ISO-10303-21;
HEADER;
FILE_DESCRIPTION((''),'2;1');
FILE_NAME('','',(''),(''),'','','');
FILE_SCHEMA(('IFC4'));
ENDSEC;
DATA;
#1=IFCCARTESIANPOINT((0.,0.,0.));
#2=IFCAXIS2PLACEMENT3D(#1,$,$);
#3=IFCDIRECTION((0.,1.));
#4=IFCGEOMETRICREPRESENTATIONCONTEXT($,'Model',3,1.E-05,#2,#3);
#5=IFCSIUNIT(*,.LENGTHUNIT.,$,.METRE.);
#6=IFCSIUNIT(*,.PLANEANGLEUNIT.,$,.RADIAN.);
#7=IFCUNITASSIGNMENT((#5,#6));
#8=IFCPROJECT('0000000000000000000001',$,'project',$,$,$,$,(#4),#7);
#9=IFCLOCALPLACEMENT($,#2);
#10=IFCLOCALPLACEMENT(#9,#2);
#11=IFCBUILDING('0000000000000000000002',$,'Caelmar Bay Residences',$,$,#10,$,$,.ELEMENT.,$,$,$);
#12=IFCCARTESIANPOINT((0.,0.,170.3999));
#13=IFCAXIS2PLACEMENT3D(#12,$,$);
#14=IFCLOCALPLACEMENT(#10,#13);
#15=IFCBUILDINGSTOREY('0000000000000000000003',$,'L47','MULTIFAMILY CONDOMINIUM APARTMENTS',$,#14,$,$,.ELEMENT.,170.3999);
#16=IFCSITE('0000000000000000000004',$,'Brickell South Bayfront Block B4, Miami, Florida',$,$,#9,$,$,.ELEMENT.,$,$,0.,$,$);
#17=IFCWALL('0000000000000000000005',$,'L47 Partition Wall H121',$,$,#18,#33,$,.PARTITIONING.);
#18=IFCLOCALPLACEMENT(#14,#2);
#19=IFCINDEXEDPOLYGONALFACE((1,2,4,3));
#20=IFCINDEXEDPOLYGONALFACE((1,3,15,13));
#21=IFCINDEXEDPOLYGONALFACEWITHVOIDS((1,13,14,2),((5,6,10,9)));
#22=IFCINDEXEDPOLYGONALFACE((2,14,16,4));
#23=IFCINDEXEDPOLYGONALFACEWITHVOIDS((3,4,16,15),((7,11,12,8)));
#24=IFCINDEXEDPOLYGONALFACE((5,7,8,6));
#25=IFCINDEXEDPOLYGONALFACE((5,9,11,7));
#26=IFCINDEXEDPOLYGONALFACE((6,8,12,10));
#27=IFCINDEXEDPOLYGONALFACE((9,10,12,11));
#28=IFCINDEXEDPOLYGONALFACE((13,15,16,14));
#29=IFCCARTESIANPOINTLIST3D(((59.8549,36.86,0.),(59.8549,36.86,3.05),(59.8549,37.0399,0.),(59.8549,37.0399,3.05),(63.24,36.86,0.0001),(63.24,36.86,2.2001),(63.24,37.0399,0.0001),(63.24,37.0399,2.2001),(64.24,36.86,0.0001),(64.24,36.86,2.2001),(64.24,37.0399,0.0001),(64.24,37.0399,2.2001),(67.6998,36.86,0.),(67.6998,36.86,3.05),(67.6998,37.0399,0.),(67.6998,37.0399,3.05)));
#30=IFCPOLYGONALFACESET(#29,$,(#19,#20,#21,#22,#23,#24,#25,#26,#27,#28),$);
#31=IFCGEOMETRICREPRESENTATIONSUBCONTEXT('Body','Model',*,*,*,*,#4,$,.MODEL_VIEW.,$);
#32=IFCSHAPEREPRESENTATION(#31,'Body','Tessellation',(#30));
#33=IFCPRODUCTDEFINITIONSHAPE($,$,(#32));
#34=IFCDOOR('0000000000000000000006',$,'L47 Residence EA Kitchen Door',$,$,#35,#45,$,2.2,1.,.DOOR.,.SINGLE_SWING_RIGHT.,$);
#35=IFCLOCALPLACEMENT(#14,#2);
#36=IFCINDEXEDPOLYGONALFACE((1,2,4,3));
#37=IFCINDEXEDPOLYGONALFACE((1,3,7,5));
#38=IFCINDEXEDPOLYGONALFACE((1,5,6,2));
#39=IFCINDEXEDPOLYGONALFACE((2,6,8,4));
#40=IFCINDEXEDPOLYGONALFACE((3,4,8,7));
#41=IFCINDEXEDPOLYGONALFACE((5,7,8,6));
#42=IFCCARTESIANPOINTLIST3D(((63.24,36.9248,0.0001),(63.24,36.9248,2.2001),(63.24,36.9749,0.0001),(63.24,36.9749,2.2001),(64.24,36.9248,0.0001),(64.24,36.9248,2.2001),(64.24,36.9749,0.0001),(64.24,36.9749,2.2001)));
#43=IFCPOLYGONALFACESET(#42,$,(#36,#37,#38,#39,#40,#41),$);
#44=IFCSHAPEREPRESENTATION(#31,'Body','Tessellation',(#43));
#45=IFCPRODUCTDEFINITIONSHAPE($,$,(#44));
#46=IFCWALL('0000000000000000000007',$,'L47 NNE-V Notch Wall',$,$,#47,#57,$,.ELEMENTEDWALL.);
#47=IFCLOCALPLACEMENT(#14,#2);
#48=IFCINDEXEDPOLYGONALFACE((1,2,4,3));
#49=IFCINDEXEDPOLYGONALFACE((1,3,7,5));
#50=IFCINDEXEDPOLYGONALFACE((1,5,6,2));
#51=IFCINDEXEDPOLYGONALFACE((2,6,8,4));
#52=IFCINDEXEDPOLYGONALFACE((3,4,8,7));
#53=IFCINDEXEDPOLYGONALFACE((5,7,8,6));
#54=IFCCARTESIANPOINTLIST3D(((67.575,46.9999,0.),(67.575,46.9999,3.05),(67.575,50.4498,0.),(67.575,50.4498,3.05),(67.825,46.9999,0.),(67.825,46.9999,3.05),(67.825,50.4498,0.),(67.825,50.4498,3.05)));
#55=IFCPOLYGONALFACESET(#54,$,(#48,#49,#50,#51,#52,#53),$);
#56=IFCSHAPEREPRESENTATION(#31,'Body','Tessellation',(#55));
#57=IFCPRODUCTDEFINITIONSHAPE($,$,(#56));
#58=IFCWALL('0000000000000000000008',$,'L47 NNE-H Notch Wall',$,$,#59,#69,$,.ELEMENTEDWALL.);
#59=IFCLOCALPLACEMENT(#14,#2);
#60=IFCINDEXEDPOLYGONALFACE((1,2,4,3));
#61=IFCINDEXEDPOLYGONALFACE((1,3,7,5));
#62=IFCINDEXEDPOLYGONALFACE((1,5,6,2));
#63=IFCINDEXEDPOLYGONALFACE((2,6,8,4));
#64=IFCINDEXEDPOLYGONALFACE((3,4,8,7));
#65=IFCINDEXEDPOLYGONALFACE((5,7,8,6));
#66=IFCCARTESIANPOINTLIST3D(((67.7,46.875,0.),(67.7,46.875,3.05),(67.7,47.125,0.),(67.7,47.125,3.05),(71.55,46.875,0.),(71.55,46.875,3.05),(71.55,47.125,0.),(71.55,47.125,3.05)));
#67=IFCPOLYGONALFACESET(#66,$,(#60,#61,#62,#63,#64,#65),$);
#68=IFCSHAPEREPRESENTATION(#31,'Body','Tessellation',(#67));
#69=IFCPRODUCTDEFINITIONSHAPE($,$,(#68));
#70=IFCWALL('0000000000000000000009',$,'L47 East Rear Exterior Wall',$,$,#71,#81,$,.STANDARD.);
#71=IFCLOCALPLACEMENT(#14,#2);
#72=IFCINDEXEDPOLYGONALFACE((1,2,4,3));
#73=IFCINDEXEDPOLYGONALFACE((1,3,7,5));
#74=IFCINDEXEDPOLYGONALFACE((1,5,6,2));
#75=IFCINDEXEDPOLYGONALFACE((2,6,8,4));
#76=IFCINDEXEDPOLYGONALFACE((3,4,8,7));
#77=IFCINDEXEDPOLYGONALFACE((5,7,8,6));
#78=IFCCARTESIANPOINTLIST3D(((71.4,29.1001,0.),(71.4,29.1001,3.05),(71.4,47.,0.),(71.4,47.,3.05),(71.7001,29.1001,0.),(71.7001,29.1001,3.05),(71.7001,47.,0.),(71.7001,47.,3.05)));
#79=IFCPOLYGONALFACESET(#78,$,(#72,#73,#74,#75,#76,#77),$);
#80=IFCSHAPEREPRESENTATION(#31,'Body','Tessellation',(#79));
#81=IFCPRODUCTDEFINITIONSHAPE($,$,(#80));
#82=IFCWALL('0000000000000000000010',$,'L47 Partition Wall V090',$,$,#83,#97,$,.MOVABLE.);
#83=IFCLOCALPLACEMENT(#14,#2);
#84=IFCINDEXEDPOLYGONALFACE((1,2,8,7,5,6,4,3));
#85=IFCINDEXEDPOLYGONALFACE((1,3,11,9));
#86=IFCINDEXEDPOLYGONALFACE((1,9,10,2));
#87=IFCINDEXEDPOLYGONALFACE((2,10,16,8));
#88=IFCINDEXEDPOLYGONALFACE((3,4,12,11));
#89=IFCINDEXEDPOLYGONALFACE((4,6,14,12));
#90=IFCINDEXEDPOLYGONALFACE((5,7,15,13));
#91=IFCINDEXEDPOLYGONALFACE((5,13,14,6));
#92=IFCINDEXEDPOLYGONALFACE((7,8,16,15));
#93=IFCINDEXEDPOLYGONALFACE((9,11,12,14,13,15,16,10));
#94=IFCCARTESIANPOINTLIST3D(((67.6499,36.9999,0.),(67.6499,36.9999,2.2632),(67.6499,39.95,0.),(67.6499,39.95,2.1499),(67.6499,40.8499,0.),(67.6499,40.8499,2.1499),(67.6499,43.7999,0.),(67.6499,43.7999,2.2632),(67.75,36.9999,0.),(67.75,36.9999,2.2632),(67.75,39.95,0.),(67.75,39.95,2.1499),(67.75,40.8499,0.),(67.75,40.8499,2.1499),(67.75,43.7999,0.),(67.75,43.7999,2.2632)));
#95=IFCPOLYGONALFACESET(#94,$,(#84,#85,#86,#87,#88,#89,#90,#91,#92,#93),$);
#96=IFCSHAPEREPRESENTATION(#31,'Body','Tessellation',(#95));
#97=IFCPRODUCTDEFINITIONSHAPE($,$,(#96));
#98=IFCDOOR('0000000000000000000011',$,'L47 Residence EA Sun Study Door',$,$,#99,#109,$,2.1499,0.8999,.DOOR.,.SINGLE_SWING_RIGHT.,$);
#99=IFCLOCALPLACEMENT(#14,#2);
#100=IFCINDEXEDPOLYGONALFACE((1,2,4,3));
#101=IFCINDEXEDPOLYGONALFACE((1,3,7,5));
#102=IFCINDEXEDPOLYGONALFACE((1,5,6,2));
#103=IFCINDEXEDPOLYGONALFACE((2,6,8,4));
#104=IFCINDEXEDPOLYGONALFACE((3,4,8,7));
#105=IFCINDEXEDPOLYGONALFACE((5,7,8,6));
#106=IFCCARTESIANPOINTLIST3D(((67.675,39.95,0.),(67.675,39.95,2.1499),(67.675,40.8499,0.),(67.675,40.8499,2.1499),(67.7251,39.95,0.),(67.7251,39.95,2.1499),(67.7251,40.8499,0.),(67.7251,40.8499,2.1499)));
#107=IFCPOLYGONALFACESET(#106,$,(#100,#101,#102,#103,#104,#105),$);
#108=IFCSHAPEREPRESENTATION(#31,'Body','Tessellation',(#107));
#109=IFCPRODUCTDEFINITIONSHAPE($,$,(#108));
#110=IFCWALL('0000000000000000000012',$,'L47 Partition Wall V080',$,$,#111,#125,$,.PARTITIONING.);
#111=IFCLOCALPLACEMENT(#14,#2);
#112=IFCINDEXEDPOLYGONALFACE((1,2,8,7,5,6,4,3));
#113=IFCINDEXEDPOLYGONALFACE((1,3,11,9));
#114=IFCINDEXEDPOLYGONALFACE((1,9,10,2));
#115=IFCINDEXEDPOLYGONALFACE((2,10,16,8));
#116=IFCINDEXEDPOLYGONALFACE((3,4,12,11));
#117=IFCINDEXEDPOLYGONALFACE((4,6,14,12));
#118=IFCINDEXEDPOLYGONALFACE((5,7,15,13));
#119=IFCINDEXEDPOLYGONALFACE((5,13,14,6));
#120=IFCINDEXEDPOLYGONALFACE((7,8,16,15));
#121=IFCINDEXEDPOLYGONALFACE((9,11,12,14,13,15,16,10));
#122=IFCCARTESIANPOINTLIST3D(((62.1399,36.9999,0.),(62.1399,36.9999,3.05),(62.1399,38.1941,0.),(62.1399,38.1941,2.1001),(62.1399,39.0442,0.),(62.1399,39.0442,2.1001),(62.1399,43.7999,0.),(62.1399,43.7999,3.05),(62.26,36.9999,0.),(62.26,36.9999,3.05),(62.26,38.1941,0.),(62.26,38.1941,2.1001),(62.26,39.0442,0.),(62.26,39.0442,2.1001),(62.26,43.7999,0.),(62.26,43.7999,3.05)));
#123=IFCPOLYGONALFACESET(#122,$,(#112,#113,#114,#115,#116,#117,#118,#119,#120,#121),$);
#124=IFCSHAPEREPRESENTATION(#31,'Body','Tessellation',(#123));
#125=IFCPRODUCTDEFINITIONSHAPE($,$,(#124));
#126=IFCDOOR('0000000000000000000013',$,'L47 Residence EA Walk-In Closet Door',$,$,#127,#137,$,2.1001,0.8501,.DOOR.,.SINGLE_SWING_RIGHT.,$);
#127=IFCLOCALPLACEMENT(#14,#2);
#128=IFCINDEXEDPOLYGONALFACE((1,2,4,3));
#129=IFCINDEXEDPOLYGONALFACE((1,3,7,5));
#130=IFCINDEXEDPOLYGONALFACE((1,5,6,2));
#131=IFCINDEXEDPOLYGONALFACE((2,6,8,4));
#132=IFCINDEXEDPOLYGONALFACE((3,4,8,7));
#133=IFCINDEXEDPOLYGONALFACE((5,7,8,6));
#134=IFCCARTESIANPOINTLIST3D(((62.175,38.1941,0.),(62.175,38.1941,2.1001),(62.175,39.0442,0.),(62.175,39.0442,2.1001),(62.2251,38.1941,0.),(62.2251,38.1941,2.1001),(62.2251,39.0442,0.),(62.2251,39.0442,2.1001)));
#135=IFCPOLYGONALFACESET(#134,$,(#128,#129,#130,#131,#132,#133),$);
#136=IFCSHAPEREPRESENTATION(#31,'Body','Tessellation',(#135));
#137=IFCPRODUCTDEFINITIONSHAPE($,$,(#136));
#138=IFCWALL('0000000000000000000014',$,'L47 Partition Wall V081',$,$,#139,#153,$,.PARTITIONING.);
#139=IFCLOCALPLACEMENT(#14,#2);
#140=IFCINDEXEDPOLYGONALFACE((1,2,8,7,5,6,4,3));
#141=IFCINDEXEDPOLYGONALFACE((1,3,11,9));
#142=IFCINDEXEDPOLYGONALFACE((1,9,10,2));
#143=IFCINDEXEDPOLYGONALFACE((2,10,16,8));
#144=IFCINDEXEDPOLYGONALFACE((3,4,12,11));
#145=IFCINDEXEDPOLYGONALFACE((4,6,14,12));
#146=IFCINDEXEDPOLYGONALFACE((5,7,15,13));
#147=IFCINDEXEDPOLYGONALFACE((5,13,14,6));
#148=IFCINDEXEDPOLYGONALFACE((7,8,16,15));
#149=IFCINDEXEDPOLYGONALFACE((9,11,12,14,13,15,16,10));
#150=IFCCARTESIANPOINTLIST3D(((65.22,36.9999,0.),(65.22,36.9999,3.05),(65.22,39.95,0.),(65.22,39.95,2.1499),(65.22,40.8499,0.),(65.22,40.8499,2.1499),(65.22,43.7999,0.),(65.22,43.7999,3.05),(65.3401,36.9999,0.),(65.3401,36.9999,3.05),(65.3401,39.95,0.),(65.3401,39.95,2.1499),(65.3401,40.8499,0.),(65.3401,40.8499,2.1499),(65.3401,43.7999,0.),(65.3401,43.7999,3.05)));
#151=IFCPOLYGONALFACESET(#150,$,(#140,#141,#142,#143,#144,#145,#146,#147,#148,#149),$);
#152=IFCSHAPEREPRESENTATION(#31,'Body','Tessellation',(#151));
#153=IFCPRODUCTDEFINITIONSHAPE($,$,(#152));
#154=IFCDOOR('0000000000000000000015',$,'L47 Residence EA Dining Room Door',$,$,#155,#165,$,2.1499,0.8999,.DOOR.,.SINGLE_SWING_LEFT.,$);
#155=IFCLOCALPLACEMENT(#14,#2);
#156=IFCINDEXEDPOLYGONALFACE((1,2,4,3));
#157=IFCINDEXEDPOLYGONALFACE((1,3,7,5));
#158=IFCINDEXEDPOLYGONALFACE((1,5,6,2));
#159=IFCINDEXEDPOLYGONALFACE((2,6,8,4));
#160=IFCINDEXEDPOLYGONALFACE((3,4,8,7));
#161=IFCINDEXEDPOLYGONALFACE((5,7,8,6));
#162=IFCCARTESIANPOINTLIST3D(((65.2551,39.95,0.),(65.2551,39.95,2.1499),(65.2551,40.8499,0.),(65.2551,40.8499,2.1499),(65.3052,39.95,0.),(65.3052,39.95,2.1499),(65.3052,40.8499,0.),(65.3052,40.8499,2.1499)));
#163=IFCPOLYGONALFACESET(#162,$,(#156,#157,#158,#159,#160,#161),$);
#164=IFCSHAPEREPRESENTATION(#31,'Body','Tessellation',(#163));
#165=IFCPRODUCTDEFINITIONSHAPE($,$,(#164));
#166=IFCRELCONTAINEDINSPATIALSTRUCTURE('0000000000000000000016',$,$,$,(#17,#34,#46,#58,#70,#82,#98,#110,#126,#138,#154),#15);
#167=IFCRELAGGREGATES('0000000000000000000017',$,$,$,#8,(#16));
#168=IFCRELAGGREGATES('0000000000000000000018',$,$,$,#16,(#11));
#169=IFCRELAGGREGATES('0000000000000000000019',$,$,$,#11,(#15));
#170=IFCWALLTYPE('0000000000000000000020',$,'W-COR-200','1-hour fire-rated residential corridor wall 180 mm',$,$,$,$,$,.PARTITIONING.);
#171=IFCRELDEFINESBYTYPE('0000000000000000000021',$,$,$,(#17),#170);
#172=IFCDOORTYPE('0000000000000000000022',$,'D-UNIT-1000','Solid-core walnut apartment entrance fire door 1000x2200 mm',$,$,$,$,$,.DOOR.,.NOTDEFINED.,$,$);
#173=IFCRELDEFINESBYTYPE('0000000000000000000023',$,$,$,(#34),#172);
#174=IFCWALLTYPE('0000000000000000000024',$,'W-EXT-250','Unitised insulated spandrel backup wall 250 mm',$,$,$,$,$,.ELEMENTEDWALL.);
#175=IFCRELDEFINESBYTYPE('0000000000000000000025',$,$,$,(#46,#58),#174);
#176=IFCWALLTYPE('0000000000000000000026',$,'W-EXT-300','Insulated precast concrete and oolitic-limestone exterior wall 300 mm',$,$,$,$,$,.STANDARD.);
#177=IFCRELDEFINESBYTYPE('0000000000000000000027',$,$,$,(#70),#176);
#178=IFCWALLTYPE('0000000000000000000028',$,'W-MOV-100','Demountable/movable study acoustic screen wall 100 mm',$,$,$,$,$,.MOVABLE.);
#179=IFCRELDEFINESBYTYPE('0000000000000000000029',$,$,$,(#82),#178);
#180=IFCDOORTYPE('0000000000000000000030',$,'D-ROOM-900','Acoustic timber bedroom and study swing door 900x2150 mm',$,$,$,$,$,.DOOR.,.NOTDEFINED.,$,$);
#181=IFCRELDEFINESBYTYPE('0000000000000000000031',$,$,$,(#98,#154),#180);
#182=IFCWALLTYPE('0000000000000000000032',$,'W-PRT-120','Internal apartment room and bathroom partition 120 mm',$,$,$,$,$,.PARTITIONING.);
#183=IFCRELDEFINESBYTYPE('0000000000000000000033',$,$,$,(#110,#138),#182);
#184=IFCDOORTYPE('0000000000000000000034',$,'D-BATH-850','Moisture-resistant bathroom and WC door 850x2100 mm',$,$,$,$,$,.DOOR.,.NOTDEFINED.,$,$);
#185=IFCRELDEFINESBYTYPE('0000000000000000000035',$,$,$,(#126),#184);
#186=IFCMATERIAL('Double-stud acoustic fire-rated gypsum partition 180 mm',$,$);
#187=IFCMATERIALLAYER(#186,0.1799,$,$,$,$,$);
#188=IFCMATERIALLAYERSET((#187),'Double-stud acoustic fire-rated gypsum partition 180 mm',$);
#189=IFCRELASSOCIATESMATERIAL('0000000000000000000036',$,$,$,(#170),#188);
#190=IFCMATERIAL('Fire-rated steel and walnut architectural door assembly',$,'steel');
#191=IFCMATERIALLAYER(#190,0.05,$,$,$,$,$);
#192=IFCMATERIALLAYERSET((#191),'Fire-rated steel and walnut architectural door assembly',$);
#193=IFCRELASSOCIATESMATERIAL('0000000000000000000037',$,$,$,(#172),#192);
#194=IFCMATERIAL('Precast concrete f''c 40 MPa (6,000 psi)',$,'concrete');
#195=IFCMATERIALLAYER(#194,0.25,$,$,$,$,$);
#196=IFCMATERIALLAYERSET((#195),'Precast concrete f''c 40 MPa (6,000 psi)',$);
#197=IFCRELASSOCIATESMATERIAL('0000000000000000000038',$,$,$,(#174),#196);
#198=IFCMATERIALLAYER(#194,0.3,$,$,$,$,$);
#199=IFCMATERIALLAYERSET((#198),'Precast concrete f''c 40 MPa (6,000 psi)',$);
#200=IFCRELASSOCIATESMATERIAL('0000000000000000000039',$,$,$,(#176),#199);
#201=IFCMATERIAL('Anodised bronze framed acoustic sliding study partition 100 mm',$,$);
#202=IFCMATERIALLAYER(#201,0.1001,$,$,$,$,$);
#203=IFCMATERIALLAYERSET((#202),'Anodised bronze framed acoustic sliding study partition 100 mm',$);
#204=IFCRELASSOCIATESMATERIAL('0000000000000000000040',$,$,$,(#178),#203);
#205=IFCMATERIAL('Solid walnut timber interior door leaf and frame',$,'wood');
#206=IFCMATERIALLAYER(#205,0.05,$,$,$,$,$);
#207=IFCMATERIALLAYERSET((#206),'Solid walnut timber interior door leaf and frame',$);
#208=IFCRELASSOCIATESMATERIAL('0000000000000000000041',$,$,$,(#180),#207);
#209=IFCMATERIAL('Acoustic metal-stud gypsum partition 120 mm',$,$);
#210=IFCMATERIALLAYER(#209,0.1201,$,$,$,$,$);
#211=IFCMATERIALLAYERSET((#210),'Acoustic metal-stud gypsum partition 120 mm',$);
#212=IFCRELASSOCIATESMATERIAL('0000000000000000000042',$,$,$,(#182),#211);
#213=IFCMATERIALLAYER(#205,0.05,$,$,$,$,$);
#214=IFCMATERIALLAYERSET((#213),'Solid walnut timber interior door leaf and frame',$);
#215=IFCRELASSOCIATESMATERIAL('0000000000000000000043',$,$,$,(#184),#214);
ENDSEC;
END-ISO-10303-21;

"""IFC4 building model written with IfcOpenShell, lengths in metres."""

from ifc_helpers import new_model, si_unit, direction, frame, frame_2d, origin, place, context, subcontext, project, spatial, rectangle, extrude, material, layer, layer_set, type_object, element, fill, save


model = new_model("IFC4")

# Units and contexts
model_context = context("Model", 3, precision=1e-05, world=origin(), true_north=direction((0.0, 1.0)))
body_context = subcontext(model_context, "Body", "Model", "MODEL_VIEW")
ifc_project = project(units=[si_unit("LENGTHUNIT", "METRE"), si_unit("PLANEANGLEUNIT", "RADIAN")], contexts=[model_context])

# Site, building, storey
site_placement = place(None, origin())
site = spatial("IfcSite", under=ifc_project, at=site_placement, Name="Brickell South Bayfront Block B4, Miami, Florida", CompositionType="ELEMENT", RefElevation=0.0)
building_placement = place(site_placement, origin())
building = spatial("IfcBuilding", under=site, at=building_placement, Name="Caelmar Bay Residences", CompositionType="ELEMENT")
storey_placement = place(building_placement, frame((0.0, 0.0, 170.3999)))
storey = spatial("IfcBuildingStorey", under=building, at=storey_placement, Name="L47", Description="MULTIFAMILY CONDOMINIUM APARTMENTS", CompositionType="ELEMENT", Elevation=170.3999)

# Shared definitions
ifc_material_1 = material(Name="Double-stud acoustic fire-rated gypsum partition 180 mm")
ifc_layer_1 = layer(ifc_material_1, 0.1799)
ifc_layer_set_1 = layer_set([ifc_layer_1], Name="Double-stud acoustic fire-rated gypsum partition 180 mm")
wall_type_1 = type_object("IfcWallType", Name="W-COR-200", Description="1-hour fire-rated residential corridor wall 180 mm", PredefinedType="PARTITIONING", material=ifc_layer_set_1)

# Wall, opening, door
wall_1_placement = place(storey_placement, frame((59.855, 36.95, 0.0), z_axis=(0.0, 0.0, 1.0), x_axis=(1.0, 0.0, 0.0)))
wall_1 = element("IfcWall", 1, at=wall_1_placement, inside=storey, type_object=wall_type_1, Name="L47 Partition Wall H121", PredefinedType="PARTITIONING", context=body_context, shape_type="SweptSolid", body=[
    extrude(rectangle(XDim=7.845, YDim=0.1799, at=frame_2d((3.9224, 0.0))), origin(), (0.0, 0.0, 1.0), 3.05),
])
opening_1_placement = place(wall_1_placement, frame((3.385, 0.0, 0.0)))
opening_1 = element("IfcOpeningElement", 2, at=opening_1_placement, cuts=wall_1, PredefinedType="OPENING", context=body_context, shape_type="SweptSolid", body=[
    extrude(rectangle(XDim=1.0, YDim=2.2, at=frame_2d((0.5, 1.1001))), frame((0.0, 0.0999, 0.0), z_axis=(0.0, -1.0, 0.0), x_axis=(1.0, 0.0, 0.0)), (0.0, 0.0, 1.0), 0.2),
])
ifc_material_2 = material(Name="Fire-rated steel and walnut architectural door assembly", Category="steel")
ifc_layer_2 = layer(ifc_material_2, 0.05)
ifc_layer_set_2 = layer_set([ifc_layer_2], Name="Fire-rated steel and walnut architectural door assembly")
door_type_1 = type_object("IfcDoorType", Name="D-UNIT-1000", Description="Solid-core walnut apartment entrance fire door 1000x2200 mm", OperationType="NOTDEFINED", PredefinedType="DOOR", material=ifc_layer_set_2)
door_1_placement = place(opening_1_placement, origin())
door_1 = element("IfcDoor", 3, at=door_1_placement, inside=storey, type_object=door_type_1, Name="L47 Residence EA Kitchen Door", OperationType="SINGLE_SWING_RIGHT", OverallHeight=2.2, OverallWidth=1.0, PredefinedType="DOOR", context=body_context, shape_type="SweptSolid", body=[
    extrude(rectangle(XDim=1.0, YDim=2.2, at=frame_2d((0.5, 1.1001))), frame((0.0, 0.0249, 0.0), z_axis=(0.0, -1.0, 0.0), x_axis=(1.0, 0.0, 0.0)), (0.0, 0.0, 1.0), 0.05),
])
fill(opening_1, door_1)

# Walls
ifc_material_3 = material(Name="Precast concrete f'c 40 MPa (6,000 psi)", Category="concrete")
ifc_layer_3 = layer(ifc_material_3, 0.25)
ifc_layer_set_3 = layer_set([ifc_layer_3], Name="Precast concrete f'c 40 MPa (6,000 psi)")
wall_type_2 = type_object("IfcWallType", Name="W-EXT-250", Description="Unitised insulated spandrel backup wall 250 mm", PredefinedType="ELEMENTEDWALL", material=ifc_layer_set_3)
wall_2_placement = place(storey_placement, frame((67.7, 50.45, 0.0), z_axis=(0.0, 0.0, 1.0), x_axis=(0.0, -1.0, 0.0)))
element("IfcWall", 4, at=wall_2_placement, inside=storey, type_object=wall_type_2, Name="L47 NNE-V Notch Wall", PredefinedType="ELEMENTEDWALL", context=body_context, shape_type="SweptSolid", body=[
    extrude(rectangle(XDim=3.45, YDim=0.25, at=frame_2d((1.7251, 0.0))), origin(), (0.0, 0.0, 1.0), 3.05),
])
wall_3_placement = place(storey_placement, frame((67.7, 47.0, 0.0), z_axis=(0.0, 0.0, 1.0), x_axis=(1.0, 0.0, 0.0)))
element("IfcWall", 5, at=wall_3_placement, inside=storey, type_object=wall_type_2, Name="L47 NNE-H Notch Wall", PredefinedType="ELEMENTEDWALL", context=body_context, shape_type="SweptSolid", body=[
    extrude(rectangle(XDim=3.8501, YDim=0.25, at=frame_2d((1.925, 0.0))), origin(), (0.0, 0.0, 1.0), 3.05),
])
ifc_layer_4 = layer(ifc_material_3, 0.3)
ifc_layer_set_4 = layer_set([ifc_layer_4], Name="Precast concrete f'c 40 MPa (6,000 psi)")
wall_type_3 = type_object("IfcWallType", Name="W-EXT-300", Description="Insulated precast concrete and oolitic-limestone exterior wall 300 mm", PredefinedType="STANDARD", material=ifc_layer_set_4)
wall_4_placement = place(storey_placement, frame((71.55, 47.0, 0.0), z_axis=(0.0, 0.0, 1.0), x_axis=(0.0, -1.0, 0.0)))
element("IfcWall", 6, at=wall_4_placement, inside=storey, type_object=wall_type_3, Name="L47 East Rear Exterior Wall", PredefinedType="STANDARD", context=body_context, shape_type="SweptSolid", body=[
    extrude(rectangle(XDim=17.8999, YDim=0.3, at=frame_2d((8.95, 0.0))), origin(), (0.0, 0.0, 1.0), 3.05),
])

# Walls, openings, doors
ifc_material_4 = material(Name="Anodised bronze framed acoustic sliding study partition 100 mm")
ifc_layer_5 = layer(ifc_material_4, 0.1001)
ifc_layer_set_5 = layer_set([ifc_layer_5], Name="Anodised bronze framed acoustic sliding study partition 100 mm")
wall_type_4 = type_object("IfcWallType", Name="W-MOV-100", Description="Demountable/movable study acoustic screen wall 100 mm", PredefinedType="MOVABLE", material=ifc_layer_set_5)
wall_5_placement = place(storey_placement, frame((67.7, 37.0, 0.0), z_axis=(0.0, 0.0, 1.0), x_axis=(0.0, 1.0, 0.0)))
wall_5 = element("IfcWall", 7, at=wall_5_placement, inside=storey, type_object=wall_type_4, Name="L47 Partition Wall V090", PredefinedType="MOVABLE", context=body_context, shape_type="SweptSolid", body=[
    extrude(rectangle(XDim=6.8, YDim=0.1001, at=frame_2d((3.3999, 0.0))), origin(), (0.0, 0.0, 1.0), 2.2632),
])
opening_2_placement = place(wall_5_placement, frame((2.95, 0.0, 0.0)))
opening_2 = element("IfcOpeningElement", 8, at=opening_2_placement, cuts=wall_5, PredefinedType="OPENING", context=body_context, shape_type="SweptSolid", body=[
    extrude(rectangle(XDim=0.8999, YDim=2.1499, at=frame_2d((0.45, 1.075))), frame((0.0, 0.0601, 0.0), z_axis=(0.0, -1.0, 0.0), x_axis=(1.0, 0.0, 0.0)), (0.0, 0.0, 1.0), 0.1201),
])
ifc_material_5 = material(Name="Solid walnut timber interior door leaf and frame", Category="wood")
ifc_layer_6 = layer(ifc_material_5, 0.05)
ifc_layer_set_6 = layer_set([ifc_layer_6], Name="Solid walnut timber interior door leaf and frame")
door_type_2 = type_object("IfcDoorType", Name="D-ROOM-900", Description="Acoustic timber bedroom and study swing door 900x2150 mm", OperationType="NOTDEFINED", PredefinedType="DOOR", material=ifc_layer_set_6)
door_2_placement = place(opening_2_placement, origin())
door_2 = element("IfcDoor", 9, at=door_2_placement, inside=storey, type_object=door_type_2, Name="L47 Residence EA Sun Study Door", OperationType="SINGLE_SWING_RIGHT", OverallHeight=2.1499, OverallWidth=0.8999, PredefinedType="DOOR", context=body_context, shape_type="SweptSolid", body=[
    extrude(rectangle(XDim=0.8999, YDim=2.1499, at=frame_2d((0.45, 1.075))), frame((0.0, 0.0249, 0.0), z_axis=(0.0, -1.0, 0.0), x_axis=(1.0, 0.0, 0.0)), (0.0, 0.0, 1.0), 0.05),
])
fill(opening_2, door_2)
ifc_material_6 = material(Name="Acoustic metal-stud gypsum partition 120 mm")
ifc_layer_7 = layer(ifc_material_6, 0.1201)
ifc_layer_set_7 = layer_set([ifc_layer_7], Name="Acoustic metal-stud gypsum partition 120 mm")
wall_type_5 = type_object("IfcWallType", Name="W-PRT-120", Description="Internal apartment room and bathroom partition 120 mm", PredefinedType="PARTITIONING", material=ifc_layer_set_7)
wall_6_placement = place(storey_placement, frame((62.2, 37.0, 0.0), z_axis=(0.0, 0.0, 1.0), x_axis=(0.0, 1.0, 0.0)))
wall_6 = element("IfcWall", 10, at=wall_6_placement, inside=storey, type_object=wall_type_5, Name="L47 Partition Wall V080", PredefinedType="PARTITIONING", context=body_context, shape_type="SweptSolid", body=[
    extrude(rectangle(XDim=6.8, YDim=0.1201, at=frame_2d((3.3999, 0.0))), origin(), (0.0, 0.0, 1.0), 3.05),
])
opening_3_placement = place(wall_6_placement, frame((1.1941, 0.0, 0.0)))
opening_3 = element("IfcOpeningElement", 11, at=opening_3_placement, cuts=wall_6, PredefinedType="OPENING", context=body_context, shape_type="SweptSolid", body=[
    extrude(rectangle(XDim=0.8501, YDim=2.1001, at=frame_2d((0.425, 1.05))), frame((0.0, 0.0701, 0.0), z_axis=(0.0, -1.0, 0.0), x_axis=(1.0, 0.0, 0.0)), (0.0, 0.0, 1.0), 0.1401),
])
ifc_layer_8 = layer(ifc_material_5, 0.05)
ifc_layer_set_8 = layer_set([ifc_layer_8], Name="Solid walnut timber interior door leaf and frame")
door_type_3 = type_object("IfcDoorType", Name="D-BATH-850", Description="Moisture-resistant bathroom and WC door 850x2100 mm", OperationType="NOTDEFINED", PredefinedType="DOOR", material=ifc_layer_set_8)
door_3_placement = place(opening_3_placement, origin())
door_3 = element("IfcDoor", 12, at=door_3_placement, inside=storey, type_object=door_type_3, Name="L47 Residence EA Walk-In Closet Door", OperationType="SINGLE_SWING_RIGHT", OverallHeight=2.1001, OverallWidth=0.8501, PredefinedType="DOOR", context=body_context, shape_type="SweptSolid", body=[
    extrude(rectangle(XDim=0.8501, YDim=2.1001, at=frame_2d((0.425, 1.05))), frame((0.0, 0.0249, 0.0), z_axis=(0.0, -1.0, 0.0), x_axis=(1.0, 0.0, 0.0)), (0.0, 0.0, 1.0), 0.05),
])
fill(opening_3, door_3)
wall_7_placement = place(storey_placement, frame((65.28, 37.0, 0.0), z_axis=(0.0, 0.0, 1.0), x_axis=(0.0, 1.0, 0.0)))
wall_7 = element("IfcWall", 13, at=wall_7_placement, inside=storey, type_object=wall_type_5, Name="L47 Partition Wall V081", PredefinedType="PARTITIONING", context=body_context, shape_type="SweptSolid", body=[
    extrude(rectangle(XDim=6.8, YDim=0.1201, at=frame_2d((3.3999, 0.0))), origin(), (0.0, 0.0, 1.0), 3.05),
])
opening_4_placement = place(wall_7_placement, frame((2.95, 0.0, 0.0)))
opening_4 = element("IfcOpeningElement", 14, at=opening_4_placement, cuts=wall_7, PredefinedType="OPENING", context=body_context, shape_type="SweptSolid", body=[
    extrude(rectangle(XDim=0.8999, YDim=2.1499, at=frame_2d((0.45, 1.075))), frame((0.0, 0.0701, 0.0), z_axis=(0.0, -1.0, 0.0), x_axis=(1.0, 0.0, 0.0)), (0.0, 0.0, 1.0), 0.1401),
])
door_4_placement = place(opening_4_placement, origin())
door_4 = element("IfcDoor", 15, at=door_4_placement, inside=storey, type_object=door_type_2, Name="L47 Residence EA Dining Room Door", OperationType="SINGLE_SWING_LEFT", OverallHeight=2.1499, OverallWidth=0.8999, PredefinedType="DOOR", context=body_context, shape_type="SweptSolid", body=[
    extrude(rectangle(XDim=0.8999, YDim=2.1499, at=frame_2d((0.45, 1.075))), frame((0.0, 0.0249, 0.0), z_axis=(0.0, -1.0, 0.0), x_axis=(1.0, 0.0, 0.0)), (0.0, 0.0, 1.0), 0.05),
])
fill(opening_4, door_4)

save(model, "model.ifc")
